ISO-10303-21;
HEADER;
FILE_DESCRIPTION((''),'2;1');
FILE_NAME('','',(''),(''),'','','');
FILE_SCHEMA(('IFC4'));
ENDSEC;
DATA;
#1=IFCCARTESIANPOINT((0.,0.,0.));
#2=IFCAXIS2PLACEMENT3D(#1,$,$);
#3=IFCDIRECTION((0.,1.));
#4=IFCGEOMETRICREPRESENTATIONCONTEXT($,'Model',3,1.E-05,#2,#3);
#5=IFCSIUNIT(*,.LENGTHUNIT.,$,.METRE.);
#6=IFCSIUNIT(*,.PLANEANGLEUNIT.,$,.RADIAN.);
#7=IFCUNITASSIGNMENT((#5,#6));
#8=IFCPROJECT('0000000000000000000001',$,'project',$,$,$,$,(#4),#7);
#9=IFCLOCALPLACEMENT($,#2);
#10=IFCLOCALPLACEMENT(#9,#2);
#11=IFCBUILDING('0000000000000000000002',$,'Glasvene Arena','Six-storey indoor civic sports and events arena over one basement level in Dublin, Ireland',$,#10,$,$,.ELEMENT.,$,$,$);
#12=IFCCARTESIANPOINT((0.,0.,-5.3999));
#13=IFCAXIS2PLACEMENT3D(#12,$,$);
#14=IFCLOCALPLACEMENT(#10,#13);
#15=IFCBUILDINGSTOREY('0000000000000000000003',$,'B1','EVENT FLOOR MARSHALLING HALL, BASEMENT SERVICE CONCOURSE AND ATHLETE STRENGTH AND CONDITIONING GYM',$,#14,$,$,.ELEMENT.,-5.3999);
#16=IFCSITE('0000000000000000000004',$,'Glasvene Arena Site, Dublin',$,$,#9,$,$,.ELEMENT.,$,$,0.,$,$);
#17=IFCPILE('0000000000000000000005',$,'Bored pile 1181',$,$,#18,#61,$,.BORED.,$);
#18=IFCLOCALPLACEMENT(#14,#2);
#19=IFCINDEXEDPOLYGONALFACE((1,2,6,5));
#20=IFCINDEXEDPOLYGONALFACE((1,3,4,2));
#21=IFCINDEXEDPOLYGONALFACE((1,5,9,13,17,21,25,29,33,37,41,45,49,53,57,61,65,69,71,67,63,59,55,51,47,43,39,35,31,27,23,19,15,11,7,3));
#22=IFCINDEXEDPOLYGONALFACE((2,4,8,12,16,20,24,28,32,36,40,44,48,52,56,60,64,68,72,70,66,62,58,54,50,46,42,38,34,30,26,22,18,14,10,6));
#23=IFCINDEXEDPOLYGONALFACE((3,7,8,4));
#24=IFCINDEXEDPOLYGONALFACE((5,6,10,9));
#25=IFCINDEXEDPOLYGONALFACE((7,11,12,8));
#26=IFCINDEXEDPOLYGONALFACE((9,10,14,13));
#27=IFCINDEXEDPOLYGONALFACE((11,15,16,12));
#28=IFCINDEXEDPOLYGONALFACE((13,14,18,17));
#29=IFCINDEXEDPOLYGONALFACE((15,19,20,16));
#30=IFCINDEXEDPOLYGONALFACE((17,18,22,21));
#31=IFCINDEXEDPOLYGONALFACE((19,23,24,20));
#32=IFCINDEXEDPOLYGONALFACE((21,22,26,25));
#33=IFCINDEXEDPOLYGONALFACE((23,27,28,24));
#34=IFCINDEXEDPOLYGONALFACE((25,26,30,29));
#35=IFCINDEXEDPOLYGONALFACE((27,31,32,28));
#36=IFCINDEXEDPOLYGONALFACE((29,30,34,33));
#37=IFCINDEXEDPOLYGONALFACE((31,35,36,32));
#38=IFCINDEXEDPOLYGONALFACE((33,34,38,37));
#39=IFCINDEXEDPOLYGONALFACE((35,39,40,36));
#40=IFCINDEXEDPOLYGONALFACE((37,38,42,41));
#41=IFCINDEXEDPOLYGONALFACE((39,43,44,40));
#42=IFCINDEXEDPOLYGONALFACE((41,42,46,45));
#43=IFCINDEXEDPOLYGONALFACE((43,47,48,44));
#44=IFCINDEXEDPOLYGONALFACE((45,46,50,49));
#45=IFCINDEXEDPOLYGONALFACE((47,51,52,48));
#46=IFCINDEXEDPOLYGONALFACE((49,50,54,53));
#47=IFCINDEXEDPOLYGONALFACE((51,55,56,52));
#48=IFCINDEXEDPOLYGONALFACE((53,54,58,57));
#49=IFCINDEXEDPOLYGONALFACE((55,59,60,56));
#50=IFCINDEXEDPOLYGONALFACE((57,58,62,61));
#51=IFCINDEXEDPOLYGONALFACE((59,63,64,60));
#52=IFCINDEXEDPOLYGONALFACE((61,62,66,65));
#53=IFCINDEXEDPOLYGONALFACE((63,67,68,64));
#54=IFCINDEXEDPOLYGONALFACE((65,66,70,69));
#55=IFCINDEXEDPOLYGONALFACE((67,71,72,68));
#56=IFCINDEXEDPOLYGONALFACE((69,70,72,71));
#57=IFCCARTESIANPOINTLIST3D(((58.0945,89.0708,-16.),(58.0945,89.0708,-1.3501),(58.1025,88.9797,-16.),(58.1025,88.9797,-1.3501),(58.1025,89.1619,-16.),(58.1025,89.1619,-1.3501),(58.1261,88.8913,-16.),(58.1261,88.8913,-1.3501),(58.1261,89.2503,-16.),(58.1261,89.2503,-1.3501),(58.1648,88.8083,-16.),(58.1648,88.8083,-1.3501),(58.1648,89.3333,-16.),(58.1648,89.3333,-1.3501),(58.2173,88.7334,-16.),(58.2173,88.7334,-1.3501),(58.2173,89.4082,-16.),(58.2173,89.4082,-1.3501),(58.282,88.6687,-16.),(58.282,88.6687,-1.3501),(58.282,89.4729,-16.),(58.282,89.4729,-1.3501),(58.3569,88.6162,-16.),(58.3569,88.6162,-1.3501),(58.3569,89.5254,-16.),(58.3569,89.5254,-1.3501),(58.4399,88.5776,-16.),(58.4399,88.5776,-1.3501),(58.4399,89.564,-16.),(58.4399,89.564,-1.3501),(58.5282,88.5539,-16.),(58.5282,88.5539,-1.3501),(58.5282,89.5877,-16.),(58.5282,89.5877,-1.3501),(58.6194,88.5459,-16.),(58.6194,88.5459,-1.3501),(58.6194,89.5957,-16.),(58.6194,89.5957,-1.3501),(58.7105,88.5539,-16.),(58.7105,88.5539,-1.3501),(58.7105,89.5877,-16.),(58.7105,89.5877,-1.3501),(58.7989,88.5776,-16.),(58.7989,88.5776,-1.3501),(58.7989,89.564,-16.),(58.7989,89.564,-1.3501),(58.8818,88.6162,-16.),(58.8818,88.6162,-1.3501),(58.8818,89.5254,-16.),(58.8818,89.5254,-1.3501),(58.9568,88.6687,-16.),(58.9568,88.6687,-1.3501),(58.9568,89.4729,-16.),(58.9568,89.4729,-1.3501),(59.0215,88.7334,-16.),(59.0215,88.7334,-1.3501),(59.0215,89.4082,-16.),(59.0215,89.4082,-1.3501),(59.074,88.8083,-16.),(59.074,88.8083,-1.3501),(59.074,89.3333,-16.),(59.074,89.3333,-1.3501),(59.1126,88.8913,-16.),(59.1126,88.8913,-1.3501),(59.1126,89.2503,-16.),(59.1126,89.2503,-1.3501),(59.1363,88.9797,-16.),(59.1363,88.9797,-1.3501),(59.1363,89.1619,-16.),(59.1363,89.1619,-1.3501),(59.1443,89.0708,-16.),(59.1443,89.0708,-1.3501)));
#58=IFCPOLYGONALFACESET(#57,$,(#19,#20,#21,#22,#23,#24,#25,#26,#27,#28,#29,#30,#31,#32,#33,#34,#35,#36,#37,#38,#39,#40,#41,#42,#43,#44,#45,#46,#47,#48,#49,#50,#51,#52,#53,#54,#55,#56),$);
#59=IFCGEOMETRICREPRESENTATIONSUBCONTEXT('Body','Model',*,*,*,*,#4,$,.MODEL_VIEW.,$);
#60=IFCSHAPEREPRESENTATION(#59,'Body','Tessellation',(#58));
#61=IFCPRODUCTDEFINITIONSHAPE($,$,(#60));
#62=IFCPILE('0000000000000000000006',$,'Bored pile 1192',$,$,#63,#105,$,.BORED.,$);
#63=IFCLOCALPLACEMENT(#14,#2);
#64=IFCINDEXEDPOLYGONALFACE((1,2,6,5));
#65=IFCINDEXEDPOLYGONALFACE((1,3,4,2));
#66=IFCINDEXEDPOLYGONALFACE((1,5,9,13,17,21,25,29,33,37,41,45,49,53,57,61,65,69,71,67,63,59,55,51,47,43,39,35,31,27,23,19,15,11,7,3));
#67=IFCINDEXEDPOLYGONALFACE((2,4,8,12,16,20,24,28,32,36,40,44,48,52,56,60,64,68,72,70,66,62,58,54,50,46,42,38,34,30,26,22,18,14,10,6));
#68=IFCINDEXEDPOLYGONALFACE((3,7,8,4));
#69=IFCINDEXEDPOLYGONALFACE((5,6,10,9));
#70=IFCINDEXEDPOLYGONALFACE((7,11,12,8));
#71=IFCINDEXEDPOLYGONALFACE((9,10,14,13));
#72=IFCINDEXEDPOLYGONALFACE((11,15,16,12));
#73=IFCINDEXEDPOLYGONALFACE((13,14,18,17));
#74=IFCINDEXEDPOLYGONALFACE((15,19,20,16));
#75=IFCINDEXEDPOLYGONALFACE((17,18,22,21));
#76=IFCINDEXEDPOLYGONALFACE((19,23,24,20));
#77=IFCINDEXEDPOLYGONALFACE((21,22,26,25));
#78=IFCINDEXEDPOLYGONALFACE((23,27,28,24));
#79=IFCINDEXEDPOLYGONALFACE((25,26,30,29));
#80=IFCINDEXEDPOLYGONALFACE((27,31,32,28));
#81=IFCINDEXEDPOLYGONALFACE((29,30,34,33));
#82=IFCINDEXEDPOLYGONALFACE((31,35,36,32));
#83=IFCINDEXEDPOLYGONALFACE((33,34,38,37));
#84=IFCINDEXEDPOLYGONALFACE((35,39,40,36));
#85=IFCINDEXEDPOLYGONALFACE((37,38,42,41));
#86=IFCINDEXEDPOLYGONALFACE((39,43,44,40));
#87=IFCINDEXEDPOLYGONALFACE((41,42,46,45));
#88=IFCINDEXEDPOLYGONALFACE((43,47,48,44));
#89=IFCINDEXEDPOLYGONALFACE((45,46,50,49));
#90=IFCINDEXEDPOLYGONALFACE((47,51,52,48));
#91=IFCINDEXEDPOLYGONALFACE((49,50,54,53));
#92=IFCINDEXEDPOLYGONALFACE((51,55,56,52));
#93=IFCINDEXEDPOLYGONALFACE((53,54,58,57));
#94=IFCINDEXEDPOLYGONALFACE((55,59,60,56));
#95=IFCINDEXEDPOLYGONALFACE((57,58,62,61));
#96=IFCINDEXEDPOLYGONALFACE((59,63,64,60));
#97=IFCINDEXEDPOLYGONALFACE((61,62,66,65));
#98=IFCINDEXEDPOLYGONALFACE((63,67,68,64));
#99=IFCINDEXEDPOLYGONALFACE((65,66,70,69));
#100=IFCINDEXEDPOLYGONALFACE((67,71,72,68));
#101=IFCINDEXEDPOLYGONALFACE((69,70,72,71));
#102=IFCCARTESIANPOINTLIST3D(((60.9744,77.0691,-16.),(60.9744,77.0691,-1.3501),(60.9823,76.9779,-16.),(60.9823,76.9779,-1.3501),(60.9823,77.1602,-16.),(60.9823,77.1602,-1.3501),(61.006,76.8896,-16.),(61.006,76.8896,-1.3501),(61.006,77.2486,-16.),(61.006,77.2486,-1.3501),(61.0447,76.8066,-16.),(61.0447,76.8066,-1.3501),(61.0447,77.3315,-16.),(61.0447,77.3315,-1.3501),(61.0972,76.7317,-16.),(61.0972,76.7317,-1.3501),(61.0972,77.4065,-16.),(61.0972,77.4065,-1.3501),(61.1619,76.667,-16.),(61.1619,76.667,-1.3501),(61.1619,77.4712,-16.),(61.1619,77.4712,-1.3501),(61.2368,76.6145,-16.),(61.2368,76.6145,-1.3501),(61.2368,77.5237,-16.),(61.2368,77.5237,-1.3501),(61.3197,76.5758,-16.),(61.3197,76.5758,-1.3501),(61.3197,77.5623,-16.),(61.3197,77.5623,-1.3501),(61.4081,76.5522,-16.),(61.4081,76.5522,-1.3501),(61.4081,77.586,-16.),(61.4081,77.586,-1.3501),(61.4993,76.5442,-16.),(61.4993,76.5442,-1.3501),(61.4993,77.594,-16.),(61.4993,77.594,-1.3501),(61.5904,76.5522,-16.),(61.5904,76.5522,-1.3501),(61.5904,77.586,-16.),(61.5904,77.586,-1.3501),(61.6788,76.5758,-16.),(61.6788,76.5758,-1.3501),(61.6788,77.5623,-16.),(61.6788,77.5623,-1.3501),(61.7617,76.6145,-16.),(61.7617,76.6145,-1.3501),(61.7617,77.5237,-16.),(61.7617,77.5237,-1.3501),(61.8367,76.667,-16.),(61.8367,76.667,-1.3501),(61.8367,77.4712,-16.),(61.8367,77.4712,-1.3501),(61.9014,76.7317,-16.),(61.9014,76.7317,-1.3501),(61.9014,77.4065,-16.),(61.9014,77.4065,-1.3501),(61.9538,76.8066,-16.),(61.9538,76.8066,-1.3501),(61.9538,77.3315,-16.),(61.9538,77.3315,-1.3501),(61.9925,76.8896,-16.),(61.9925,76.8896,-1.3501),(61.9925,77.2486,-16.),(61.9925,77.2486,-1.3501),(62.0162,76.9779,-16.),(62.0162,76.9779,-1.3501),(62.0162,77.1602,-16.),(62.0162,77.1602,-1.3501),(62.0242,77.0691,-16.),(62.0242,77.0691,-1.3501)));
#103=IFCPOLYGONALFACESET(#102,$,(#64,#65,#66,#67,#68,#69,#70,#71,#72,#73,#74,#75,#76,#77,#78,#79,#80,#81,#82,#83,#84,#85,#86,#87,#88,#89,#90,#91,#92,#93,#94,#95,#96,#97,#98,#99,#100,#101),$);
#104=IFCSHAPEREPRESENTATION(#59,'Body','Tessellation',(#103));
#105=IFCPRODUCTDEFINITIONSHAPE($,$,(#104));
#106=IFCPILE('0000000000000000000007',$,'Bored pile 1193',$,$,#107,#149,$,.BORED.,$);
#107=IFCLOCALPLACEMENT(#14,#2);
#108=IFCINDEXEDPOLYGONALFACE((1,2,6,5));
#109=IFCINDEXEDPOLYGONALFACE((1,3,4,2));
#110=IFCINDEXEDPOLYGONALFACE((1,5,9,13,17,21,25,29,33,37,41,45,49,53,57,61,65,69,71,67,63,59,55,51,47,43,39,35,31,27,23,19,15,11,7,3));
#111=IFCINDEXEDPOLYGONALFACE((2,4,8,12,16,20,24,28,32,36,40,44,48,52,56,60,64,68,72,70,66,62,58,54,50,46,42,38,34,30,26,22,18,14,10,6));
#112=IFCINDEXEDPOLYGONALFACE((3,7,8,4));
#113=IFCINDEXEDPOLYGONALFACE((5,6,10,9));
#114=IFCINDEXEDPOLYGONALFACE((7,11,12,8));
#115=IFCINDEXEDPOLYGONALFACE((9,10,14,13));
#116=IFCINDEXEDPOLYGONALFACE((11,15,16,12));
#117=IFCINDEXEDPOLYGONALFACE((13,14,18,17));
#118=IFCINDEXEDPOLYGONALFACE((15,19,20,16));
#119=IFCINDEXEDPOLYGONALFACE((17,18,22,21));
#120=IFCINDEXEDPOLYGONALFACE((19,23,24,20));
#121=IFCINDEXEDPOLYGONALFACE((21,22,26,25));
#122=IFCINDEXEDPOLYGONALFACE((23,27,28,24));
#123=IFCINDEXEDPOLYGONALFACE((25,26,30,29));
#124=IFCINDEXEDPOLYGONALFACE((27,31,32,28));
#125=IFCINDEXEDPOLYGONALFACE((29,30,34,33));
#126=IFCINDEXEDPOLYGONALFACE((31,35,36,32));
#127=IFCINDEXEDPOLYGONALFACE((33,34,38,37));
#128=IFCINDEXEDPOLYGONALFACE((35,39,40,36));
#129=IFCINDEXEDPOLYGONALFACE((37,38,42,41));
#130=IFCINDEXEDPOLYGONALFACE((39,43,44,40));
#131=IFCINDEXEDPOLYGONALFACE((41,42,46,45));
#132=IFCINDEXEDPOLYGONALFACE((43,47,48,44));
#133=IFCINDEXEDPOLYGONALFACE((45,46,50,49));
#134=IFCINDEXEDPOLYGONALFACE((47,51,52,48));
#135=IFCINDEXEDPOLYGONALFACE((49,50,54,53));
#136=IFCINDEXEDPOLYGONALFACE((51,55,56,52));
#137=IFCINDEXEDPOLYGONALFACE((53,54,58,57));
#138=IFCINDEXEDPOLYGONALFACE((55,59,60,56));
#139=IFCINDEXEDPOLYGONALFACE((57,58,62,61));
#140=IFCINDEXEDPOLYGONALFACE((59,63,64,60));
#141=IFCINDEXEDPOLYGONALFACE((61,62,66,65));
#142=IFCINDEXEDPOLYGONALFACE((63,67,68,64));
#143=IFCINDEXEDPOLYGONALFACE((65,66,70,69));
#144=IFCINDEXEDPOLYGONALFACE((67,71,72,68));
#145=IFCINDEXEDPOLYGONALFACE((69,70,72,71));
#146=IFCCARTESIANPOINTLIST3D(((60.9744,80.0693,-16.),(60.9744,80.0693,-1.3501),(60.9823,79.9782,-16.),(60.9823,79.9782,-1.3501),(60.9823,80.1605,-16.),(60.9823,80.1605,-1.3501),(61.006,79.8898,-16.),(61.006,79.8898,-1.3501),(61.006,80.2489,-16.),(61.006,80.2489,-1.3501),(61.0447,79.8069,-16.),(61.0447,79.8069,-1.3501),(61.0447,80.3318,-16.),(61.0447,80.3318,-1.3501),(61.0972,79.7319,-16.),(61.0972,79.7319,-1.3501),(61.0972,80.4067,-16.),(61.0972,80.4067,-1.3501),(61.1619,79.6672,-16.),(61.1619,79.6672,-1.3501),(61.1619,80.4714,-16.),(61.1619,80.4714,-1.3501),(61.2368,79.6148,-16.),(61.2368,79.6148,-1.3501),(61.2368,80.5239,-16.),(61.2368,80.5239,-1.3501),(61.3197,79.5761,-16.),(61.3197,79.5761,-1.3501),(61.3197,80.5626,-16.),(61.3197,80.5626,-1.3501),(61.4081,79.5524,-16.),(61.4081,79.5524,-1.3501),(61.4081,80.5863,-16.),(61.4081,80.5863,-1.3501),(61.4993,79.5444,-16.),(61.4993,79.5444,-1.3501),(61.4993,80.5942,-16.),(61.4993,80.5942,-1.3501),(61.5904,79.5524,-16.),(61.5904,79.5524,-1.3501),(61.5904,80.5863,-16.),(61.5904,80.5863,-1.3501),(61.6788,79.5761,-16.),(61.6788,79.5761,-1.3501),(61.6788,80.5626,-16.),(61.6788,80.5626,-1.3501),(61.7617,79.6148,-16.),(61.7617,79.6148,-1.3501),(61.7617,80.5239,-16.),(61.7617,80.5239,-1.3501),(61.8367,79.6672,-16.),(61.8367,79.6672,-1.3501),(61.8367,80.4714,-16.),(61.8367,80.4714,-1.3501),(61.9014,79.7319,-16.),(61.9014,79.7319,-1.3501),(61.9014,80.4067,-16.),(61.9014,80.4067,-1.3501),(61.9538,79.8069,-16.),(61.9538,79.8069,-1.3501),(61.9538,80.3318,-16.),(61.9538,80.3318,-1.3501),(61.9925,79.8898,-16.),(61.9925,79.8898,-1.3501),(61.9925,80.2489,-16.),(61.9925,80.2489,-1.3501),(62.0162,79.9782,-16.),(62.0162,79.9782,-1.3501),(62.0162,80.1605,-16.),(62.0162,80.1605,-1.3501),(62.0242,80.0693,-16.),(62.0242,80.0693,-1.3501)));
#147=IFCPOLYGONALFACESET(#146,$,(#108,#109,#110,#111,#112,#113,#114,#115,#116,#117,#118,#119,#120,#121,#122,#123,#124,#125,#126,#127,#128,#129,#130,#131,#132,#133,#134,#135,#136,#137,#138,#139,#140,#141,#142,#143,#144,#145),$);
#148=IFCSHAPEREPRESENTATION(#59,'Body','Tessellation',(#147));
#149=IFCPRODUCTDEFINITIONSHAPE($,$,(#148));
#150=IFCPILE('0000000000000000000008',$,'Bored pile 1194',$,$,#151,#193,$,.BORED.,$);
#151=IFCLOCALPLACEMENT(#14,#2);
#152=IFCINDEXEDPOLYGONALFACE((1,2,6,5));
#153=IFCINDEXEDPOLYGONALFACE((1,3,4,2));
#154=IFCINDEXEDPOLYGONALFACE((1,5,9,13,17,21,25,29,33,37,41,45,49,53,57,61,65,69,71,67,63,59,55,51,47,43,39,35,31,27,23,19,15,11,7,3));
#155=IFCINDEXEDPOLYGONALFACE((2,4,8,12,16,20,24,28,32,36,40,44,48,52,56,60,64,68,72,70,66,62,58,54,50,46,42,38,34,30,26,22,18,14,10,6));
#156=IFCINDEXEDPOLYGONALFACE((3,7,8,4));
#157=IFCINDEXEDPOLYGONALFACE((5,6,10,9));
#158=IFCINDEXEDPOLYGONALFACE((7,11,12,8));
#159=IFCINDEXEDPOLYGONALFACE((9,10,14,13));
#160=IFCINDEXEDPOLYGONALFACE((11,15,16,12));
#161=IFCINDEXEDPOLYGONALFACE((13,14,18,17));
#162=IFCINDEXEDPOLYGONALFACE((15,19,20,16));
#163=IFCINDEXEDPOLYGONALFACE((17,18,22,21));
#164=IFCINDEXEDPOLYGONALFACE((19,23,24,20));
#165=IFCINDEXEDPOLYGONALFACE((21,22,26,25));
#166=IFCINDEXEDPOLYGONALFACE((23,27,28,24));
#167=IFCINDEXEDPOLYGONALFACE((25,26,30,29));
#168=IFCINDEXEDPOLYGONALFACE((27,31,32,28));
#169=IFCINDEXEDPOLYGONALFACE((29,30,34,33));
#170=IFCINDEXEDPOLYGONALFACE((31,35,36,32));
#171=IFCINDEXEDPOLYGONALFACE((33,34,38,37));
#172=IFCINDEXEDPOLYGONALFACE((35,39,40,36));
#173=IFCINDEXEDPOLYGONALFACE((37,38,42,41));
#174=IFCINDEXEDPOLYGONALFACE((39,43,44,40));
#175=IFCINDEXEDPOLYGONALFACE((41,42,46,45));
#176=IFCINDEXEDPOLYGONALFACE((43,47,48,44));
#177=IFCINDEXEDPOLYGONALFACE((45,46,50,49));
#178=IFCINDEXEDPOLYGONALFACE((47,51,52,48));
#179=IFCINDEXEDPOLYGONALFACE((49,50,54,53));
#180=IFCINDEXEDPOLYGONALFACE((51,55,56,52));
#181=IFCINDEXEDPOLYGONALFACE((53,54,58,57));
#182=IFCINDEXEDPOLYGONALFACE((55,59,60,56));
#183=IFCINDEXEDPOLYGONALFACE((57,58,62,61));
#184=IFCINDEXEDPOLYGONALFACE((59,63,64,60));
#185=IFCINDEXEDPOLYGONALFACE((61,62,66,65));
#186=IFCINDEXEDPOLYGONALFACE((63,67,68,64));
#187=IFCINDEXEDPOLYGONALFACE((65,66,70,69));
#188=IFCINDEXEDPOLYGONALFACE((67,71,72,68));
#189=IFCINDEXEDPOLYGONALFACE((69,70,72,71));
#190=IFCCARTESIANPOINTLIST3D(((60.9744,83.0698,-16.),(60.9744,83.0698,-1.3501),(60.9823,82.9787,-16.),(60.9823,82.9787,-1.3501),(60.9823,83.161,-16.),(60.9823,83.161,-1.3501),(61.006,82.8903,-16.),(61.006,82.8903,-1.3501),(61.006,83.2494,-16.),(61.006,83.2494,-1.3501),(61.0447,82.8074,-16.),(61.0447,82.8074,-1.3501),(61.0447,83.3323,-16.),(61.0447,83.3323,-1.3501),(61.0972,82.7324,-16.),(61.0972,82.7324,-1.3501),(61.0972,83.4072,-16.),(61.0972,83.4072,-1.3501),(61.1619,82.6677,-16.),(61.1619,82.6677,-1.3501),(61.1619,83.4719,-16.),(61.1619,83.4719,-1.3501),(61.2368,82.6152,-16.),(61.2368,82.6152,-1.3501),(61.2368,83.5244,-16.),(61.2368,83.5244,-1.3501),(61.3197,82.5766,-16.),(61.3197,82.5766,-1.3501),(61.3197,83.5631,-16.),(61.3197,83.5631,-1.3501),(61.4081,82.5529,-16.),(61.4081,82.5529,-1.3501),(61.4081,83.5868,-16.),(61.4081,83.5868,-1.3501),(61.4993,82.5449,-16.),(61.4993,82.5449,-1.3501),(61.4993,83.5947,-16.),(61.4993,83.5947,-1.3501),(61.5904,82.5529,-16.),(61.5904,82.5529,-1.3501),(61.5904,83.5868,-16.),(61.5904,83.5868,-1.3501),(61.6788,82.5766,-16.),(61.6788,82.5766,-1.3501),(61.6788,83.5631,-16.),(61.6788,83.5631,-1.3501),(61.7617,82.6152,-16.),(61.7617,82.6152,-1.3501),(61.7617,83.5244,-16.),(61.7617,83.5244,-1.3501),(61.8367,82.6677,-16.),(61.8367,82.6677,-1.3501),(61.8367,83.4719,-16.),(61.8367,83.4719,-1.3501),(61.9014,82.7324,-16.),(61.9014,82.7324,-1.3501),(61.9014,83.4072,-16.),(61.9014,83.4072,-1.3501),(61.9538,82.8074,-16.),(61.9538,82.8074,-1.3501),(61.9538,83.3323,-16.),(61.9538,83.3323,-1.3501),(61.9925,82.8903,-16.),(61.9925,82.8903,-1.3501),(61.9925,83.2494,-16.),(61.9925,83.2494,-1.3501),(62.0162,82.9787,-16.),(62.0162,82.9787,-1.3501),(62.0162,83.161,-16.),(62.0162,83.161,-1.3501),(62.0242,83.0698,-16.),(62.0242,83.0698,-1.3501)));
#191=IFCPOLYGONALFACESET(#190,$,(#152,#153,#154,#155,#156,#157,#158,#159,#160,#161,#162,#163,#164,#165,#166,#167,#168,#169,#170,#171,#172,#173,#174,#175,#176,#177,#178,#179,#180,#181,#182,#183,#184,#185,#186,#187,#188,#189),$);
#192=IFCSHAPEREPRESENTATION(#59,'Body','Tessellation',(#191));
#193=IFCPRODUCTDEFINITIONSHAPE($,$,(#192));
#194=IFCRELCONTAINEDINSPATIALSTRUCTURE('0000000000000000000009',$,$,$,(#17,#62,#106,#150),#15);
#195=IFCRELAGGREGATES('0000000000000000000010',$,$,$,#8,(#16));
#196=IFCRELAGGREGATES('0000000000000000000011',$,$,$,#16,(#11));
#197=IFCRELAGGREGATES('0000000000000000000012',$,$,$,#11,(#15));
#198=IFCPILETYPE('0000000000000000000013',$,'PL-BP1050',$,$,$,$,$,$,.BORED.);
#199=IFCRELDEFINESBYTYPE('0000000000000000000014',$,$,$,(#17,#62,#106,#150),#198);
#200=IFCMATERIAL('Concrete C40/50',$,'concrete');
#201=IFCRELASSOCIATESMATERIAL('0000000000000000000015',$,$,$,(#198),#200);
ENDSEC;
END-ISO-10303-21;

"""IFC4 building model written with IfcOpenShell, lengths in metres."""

from ifc_helpers import new_model, si_unit, direction, frame, origin, origin_2d, place, context, subcontext, project, spatial, circle, extrude, material, material_profile, profile_set, type_object, element, save


model = new_model("IFC4")

# Units and contexts
model_context = context("Model", 3, precision=1e-05, world=origin(), true_north=direction((0.0, 1.0)))
body_context = subcontext(model_context, "Body", "Model", "MODEL_VIEW")
ifc_project = project(units=[si_unit("LENGTHUNIT", "METRE"), si_unit("PLANEANGLEUNIT", "RADIAN")], contexts=[model_context])

# Site, building, storey
site_placement = place(None, origin())
site = spatial("IfcSite", under=ifc_project, at=site_placement, Name="Glasvene Arena Site, Dublin", CompositionType="ELEMENT", RefElevation=0.0)
building_placement = place(site_placement, origin())
building = spatial("IfcBuilding", under=site, at=building_placement, Name="Glasvene Arena", Description="Six-storey indoor civic sports and events arena over one basement level in Dublin, Ireland", CompositionType="ELEMENT")
storey_placement = place(building_placement, frame((0.0, 0.0, -5.3999)))
storey = spatial("IfcBuildingStorey", under=building, at=storey_placement, Name="B1", Description="EVENT FLOOR MARSHALLING HALL, BASEMENT SERVICE CONCOURSE AND ATHLETE STRENGTH AND CONDITIONING GYM", CompositionType="ELEMENT", Elevation=-5.3999)

# Piles
ifc_material_1 = material(Name="Concrete C40/50", Category="concrete")
ifc_material_profile_1 = material_profile(ifc_material_1, circle(Radius=0.5249, at=origin_2d()), Name="BORED PILE 1050")
ifc_profile_set_1 = profile_set([ifc_material_profile_1], Name="Concrete C40/50")
pile_type = type_object("IfcPileType", Name="PL-BP1050", PredefinedType="BORED", material=ifc_profile_set_1)
for number, where, z_axis, x_axis, name in (
    (1, (58.6194, 89.0708, -1.3501), (0.0, 0.0, -1.0), (1.0, 0.0, 0.0), "Bored pile 1181"),
    (2, (61.4993, 77.0691, -1.3501), (0.0, 0.0, -1.0), (1.0, 0.0, 0.0), "Bored pile 1192"),
    (3, (61.4993, 80.0693, -1.3501), (0.0, 0.0, -1.0), (1.0, 0.0, 0.0), "Bored pile 1193"),
    (4, (61.4993, 83.0698, -1.3501), (0.0, 0.0, -1.0), (1.0, 0.0, 0.0), "Bored pile 1194"),
):
    element("IfcPile", number, at=place(storey_placement, frame(where, z_axis=z_axis, x_axis=x_axis)), inside=storey, type_object=pile_type, Name=name, PredefinedType="BORED", context=body_context, shape_type="SweptSolid", body=[
        extrude(circle(Radius=0.5249, at=origin_2d()), origin(), (0.0, 0.0, 1.0), 14.6499),
    ])

save(model, "model.ifc")
